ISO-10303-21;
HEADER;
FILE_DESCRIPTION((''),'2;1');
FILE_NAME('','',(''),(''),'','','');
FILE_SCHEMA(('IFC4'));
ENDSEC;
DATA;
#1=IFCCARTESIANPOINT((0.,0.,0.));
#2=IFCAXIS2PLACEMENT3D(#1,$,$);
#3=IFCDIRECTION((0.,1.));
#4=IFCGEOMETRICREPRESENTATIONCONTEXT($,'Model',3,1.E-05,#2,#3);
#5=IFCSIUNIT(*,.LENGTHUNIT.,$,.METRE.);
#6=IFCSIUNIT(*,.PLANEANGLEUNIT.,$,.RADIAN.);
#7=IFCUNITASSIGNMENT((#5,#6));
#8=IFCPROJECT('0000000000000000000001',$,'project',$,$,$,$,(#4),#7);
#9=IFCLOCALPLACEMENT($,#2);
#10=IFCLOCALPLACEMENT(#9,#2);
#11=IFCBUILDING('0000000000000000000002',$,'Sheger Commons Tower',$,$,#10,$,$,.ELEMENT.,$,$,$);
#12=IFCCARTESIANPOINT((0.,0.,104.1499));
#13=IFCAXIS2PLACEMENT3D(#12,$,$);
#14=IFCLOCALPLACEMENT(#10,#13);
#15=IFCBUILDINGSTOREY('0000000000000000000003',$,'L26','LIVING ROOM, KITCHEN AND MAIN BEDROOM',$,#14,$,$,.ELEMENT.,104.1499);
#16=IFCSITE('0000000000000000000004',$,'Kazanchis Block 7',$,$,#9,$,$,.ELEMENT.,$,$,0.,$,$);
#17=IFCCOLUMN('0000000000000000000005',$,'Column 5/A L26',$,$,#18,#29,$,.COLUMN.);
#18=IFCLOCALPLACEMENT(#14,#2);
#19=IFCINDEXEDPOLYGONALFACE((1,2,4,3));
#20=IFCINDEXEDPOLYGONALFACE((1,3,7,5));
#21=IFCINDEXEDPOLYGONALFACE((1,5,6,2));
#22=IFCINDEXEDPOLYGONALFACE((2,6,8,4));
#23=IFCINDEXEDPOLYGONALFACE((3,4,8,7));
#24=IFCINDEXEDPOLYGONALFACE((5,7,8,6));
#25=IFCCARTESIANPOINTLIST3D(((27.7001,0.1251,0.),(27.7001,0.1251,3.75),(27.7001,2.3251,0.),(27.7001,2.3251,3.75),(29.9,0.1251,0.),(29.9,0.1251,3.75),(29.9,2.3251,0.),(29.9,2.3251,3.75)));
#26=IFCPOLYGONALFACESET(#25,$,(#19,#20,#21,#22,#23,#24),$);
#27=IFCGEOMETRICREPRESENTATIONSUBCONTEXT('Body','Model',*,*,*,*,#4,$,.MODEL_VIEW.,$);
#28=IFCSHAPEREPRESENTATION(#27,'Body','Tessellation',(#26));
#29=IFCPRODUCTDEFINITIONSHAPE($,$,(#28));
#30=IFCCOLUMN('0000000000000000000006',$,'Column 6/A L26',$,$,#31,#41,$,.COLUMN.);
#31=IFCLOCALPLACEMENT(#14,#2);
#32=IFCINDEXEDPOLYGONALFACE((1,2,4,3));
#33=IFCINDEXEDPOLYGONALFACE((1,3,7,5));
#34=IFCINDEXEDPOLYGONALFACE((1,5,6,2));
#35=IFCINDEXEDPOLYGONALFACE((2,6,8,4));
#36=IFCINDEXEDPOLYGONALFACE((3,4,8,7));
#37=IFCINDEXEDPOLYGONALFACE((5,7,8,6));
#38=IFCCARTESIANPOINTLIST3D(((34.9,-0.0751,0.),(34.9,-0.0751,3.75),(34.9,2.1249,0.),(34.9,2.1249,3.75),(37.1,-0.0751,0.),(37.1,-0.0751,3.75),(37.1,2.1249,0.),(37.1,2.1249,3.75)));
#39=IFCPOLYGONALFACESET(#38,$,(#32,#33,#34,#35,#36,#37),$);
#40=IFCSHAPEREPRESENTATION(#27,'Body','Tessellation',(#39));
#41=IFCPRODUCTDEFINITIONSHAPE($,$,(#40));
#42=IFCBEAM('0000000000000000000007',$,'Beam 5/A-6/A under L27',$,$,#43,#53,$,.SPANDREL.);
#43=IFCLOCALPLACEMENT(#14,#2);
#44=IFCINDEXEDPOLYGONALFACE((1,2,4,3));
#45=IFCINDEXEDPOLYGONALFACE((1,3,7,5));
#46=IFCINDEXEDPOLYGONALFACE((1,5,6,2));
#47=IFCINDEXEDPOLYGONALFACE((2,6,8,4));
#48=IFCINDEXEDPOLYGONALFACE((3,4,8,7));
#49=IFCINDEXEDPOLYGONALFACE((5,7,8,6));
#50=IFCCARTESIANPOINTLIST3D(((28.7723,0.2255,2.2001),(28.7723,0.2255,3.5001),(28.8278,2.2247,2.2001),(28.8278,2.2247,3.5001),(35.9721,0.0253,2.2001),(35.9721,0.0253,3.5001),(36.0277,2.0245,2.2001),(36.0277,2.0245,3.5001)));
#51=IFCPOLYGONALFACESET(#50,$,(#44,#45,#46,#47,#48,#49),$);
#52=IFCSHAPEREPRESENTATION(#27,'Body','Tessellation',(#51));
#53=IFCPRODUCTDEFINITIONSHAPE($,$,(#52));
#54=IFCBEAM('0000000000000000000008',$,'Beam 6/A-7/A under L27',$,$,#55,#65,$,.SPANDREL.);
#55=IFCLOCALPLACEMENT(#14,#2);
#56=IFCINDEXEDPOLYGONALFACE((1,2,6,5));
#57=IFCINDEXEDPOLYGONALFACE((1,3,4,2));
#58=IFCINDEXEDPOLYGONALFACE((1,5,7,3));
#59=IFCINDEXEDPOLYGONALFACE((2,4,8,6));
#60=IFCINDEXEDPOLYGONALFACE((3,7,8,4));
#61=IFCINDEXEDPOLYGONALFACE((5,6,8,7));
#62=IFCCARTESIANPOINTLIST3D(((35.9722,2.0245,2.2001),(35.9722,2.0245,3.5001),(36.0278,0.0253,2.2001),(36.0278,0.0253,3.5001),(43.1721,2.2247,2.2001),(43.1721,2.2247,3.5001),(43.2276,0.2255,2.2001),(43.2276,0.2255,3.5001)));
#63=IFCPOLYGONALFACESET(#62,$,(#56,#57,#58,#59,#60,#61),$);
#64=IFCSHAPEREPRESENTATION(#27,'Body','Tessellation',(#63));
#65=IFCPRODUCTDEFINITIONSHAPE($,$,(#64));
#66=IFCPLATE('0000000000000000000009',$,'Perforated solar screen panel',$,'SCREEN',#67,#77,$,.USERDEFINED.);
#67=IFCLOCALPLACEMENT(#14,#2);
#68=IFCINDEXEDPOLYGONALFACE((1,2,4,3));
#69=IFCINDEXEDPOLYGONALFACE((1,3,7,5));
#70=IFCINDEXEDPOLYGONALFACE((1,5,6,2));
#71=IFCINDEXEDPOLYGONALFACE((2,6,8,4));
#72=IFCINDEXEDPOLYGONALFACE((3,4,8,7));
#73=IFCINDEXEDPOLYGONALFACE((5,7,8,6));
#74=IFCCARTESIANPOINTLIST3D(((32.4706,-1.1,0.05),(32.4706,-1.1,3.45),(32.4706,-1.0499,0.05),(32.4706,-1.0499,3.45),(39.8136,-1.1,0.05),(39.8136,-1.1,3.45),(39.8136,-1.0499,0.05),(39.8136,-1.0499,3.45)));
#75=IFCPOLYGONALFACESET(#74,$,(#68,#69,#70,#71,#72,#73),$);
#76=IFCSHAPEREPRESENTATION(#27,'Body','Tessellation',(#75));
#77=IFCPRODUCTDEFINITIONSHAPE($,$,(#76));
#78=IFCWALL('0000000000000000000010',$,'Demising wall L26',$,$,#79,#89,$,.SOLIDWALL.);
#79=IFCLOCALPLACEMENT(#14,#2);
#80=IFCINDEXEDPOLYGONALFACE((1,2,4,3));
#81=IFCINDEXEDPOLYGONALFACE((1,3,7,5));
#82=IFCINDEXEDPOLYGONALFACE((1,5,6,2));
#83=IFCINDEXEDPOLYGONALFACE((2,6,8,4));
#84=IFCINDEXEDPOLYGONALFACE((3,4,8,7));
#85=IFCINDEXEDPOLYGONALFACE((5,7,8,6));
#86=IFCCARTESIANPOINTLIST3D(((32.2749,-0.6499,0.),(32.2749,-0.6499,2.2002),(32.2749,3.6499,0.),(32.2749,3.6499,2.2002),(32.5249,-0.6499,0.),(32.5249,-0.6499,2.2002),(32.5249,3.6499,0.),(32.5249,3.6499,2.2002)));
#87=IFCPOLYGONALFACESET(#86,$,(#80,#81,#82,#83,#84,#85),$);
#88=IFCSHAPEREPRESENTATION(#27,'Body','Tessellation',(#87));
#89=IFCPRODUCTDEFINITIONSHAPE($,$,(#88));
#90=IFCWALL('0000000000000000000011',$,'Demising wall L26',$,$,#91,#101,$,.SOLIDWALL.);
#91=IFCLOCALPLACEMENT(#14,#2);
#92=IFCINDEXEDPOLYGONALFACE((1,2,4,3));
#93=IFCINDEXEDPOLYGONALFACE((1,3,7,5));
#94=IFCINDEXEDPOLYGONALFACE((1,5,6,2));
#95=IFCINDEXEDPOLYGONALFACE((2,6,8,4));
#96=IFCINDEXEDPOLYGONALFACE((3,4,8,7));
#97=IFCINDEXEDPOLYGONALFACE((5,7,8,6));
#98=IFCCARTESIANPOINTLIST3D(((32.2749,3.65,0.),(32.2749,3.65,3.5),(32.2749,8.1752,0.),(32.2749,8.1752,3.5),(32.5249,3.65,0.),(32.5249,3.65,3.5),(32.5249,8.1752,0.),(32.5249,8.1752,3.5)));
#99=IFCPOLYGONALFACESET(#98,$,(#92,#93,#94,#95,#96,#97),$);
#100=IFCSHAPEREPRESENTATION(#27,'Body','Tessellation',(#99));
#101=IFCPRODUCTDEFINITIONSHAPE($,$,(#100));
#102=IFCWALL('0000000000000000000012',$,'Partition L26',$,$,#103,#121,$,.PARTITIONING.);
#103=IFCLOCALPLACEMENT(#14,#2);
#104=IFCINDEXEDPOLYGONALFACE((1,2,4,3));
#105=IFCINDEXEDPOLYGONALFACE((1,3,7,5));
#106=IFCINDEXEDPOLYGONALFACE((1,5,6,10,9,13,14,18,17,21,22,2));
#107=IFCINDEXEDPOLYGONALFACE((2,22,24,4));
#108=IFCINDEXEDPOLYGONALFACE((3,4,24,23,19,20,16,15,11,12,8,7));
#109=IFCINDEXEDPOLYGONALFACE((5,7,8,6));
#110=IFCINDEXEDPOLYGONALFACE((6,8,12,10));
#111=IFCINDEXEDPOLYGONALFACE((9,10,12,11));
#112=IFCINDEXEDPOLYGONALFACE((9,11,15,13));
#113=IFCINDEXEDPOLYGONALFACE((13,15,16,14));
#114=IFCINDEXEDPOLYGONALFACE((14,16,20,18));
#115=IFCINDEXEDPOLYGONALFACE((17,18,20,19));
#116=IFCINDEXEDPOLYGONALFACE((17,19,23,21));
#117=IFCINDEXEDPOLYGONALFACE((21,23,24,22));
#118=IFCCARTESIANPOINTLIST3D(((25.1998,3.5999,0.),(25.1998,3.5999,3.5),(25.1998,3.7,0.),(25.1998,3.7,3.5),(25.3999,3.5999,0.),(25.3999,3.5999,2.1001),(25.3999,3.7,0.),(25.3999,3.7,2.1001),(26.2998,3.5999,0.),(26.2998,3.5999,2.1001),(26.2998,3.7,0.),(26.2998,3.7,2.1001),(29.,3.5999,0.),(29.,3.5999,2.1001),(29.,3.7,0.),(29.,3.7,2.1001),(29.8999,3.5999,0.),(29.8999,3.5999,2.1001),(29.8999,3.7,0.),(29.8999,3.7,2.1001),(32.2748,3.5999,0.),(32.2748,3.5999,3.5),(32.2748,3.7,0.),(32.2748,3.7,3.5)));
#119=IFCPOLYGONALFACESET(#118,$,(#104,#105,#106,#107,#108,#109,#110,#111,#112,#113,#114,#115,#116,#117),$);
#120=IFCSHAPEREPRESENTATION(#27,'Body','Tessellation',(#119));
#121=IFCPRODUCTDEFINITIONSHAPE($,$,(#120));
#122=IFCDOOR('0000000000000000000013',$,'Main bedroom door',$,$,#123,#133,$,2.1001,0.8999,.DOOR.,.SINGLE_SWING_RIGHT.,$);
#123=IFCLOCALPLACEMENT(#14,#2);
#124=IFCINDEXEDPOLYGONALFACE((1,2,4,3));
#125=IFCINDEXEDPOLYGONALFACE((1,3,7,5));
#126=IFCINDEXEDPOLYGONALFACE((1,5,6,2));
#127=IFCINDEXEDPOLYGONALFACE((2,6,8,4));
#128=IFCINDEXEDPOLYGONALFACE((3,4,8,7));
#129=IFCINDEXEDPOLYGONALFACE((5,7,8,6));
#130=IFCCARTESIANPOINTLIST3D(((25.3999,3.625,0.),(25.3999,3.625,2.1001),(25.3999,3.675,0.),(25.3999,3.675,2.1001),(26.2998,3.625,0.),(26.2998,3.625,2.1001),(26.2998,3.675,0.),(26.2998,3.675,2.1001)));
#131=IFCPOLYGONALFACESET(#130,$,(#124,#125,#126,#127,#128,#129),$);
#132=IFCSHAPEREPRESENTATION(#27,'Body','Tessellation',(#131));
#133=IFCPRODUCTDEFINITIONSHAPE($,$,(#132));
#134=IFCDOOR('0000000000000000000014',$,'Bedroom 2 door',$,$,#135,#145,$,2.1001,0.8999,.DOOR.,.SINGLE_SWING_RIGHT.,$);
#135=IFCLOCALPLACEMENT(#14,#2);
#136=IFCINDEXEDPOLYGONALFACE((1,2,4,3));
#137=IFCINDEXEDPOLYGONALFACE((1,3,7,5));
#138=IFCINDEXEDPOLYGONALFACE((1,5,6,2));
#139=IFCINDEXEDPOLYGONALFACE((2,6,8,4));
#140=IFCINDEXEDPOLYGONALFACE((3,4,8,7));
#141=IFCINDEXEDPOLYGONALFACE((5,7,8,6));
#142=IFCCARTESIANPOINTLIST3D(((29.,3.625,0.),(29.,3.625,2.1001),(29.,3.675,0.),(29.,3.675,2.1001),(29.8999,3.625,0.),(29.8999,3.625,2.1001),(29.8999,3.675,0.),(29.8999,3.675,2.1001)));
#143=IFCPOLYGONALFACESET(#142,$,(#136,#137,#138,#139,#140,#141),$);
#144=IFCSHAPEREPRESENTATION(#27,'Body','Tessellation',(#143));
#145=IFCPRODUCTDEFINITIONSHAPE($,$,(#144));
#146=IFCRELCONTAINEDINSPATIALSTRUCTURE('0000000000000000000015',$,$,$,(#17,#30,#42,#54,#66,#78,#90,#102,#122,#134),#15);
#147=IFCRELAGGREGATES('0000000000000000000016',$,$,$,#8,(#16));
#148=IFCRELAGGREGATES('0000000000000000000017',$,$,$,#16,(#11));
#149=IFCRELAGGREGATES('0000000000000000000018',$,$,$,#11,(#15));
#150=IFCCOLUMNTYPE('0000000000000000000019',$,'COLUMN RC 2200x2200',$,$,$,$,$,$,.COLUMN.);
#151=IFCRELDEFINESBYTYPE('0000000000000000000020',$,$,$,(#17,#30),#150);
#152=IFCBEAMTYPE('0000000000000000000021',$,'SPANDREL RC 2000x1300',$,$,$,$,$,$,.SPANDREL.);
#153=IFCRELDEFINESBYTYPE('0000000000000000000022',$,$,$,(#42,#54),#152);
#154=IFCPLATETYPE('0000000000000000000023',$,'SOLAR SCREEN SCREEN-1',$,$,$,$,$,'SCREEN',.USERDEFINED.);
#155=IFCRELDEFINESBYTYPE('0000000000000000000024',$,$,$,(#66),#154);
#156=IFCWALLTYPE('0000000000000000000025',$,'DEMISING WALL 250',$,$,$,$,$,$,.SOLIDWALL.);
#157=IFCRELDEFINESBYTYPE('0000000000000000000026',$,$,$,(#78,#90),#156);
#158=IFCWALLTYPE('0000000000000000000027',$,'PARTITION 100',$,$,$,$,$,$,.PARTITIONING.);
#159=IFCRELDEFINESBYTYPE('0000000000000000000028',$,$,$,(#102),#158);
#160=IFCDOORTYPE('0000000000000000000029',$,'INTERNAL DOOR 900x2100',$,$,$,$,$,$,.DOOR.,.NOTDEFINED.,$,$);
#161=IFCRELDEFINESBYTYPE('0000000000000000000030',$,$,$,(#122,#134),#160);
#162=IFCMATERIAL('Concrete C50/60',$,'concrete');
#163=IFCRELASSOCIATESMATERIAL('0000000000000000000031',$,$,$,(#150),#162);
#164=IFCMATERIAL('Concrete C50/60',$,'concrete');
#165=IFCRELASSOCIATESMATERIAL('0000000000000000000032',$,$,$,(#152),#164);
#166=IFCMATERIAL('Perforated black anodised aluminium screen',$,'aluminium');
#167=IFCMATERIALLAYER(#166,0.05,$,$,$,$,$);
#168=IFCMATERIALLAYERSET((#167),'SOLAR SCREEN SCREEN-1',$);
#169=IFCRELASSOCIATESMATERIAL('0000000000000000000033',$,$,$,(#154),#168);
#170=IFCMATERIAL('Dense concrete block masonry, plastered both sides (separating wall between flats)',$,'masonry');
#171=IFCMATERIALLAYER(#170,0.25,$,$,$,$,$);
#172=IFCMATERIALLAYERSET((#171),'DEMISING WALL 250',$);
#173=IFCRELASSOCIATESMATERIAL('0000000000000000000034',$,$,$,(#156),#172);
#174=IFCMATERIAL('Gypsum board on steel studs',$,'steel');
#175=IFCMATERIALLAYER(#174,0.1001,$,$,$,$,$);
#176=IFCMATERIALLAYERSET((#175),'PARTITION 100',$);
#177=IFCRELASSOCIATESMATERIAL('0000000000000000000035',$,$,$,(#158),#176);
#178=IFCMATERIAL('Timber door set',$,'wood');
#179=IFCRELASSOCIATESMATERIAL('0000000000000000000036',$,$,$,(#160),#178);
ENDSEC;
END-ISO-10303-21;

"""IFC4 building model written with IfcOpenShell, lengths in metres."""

from ifc_helpers import new_model, si_unit, direction, frame, frame_2d, origin, origin_2d, place, context, subcontext, project, spatial, rectangle, extrude, material, layer, layer_set, material_profile, profile_set, type_object, element, fill, save


model = new_model("IFC4")

# Units and contexts
model_context = context("Model", 3, precision=1e-05, world=origin(), true_north=direction((0.0, 1.0)))
body_context = subcontext(model_context, "Body", "Model", "MODEL_VIEW")
ifc_project = project(units=[si_unit("LENGTHUNIT", "METRE"), si_unit("PLANEANGLEUNIT", "RADIAN")], contexts=[model_context])

# Site, building, storey
site_placement = place(None, origin())
site = spatial("IfcSite", under=ifc_project, at=site_placement, Name="Kazanchis Block 7", CompositionType="ELEMENT", RefElevation=0.0)
building_placement = place(site_placement, origin())
building = spatial("IfcBuilding", under=site, at=building_placement, Name="Sheger Commons Tower", CompositionType="ELEMENT")
storey_placement = place(building_placement, frame((0.0, 0.0, 104.1499)))
storey = spatial("IfcBuildingStorey", under=building, at=storey_placement, Name="L26", Description="LIVING ROOM, KITCHEN AND MAIN BEDROOM", CompositionType="ELEMENT", Elevation=104.1499)

# Columns
ifc_material_1 = material(Name="Concrete C50/60", Category="concrete")
ifc_material_profile_1 = material_profile(ifc_material_1, rectangle(XDim=2.2, YDim=2.2, at=origin_2d()), Name="RC 2200x2200")
ifc_profile_set_1 = profile_set([ifc_material_profile_1], Name="Concrete C50/60")
column_type = type_object("IfcColumnType", Name="COLUMN RC 2200x2200", PredefinedType="COLUMN", material=ifc_profile_set_1)
for number, where, z_axis, x_axis, name in (
    (1, (28.8, 1.2251, 0.0), (0.0, 0.0, 1.0), (1.0, 0.0, 0.0), "Column 5/A L26"),
    (2, (36.0, 1.0249, 0.0), (0.0, 0.0, 1.0), (1.0, 0.0, 0.0), "Column 6/A L26"),
):
    element("IfcColumn", number, at=place(storey_placement, frame(where, z_axis=z_axis, x_axis=x_axis)), inside=storey, type_object=column_type, Name=name, PredefinedType="COLUMN", context=body_context, shape_type="SweptSolid", body=[
        extrude(rectangle(XDim=2.2, YDim=2.2, at=origin_2d()), origin(), (0.0, 0.0, 1.0), 3.75),
    ])

# Beams
ifc_material_2 = material(Name="Concrete C50/60", Category="concrete")
ifc_material_profile_2 = material_profile(ifc_material_2, rectangle(XDim=2.0, YDim=1.3, at=origin_2d()), Name="RC 2000x1300")
ifc_profile_set_2 = profile_set([ifc_material_profile_2], Name="Concrete C50/60")
beam_type = type_object("IfcBeamType", Name="SPANDREL RC 2000x1300", PredefinedType="SPANDREL", material=ifc_profile_set_2)
for number, where, z_axis, x_axis, name in (
    (3, (28.8, 1.2251, 2.8501), (0.999614, -0.027794, 0.0), (0.027794, 0.999614, 0.0), "Beam 5/A-6/A under L27"),
    (4, (36.0, 1.0249, 2.8501), (0.999614, 0.027794, 0.0), (-0.027794, 0.999614, 0.0), "Beam 6/A-7/A under L27"),
):
    element("IfcBeam", number, at=place(storey_placement, frame(where, z_axis=z_axis, x_axis=x_axis)), inside=storey, type_object=beam_type, Name=name, PredefinedType="SPANDREL", context=body_context, shape_type="SweptSolid", body=[
        extrude(rectangle(XDim=2.0, YDim=1.3, at=origin_2d()), origin(), (0.0, 0.0, 1.0), 7.2026),
    ])

# Plate
ifc_material_3 = material(Name="Perforated black anodised aluminium screen", Category="aluminium")
ifc_layer_1 = layer(ifc_material_3, 0.05)
ifc_layer_set_1 = layer_set([ifc_layer_1], Name="SOLAR SCREEN SCREEN-1")
plate_type = type_object("IfcPlateType", Name="SOLAR SCREEN SCREEN-1", ElementType="SCREEN", PredefinedType="USERDEFINED", material=ifc_layer_set_1)
plate_placement = place(storey_placement, frame((36.1421, -1.075, 0.05), z_axis=(0.0, 0.0, 1.0), x_axis=(1.0, 0.0, 0.0)))
element("IfcPlate", 5, at=plate_placement, inside=storey, type_object=plate_type, Name="Perforated solar screen panel", ObjectType="SCREEN", PredefinedType="USERDEFINED", context=body_context, shape_type="SweptSolid", body=[
    extrude(rectangle(XDim=7.343, YDim=0.05, at=origin_2d()), origin(), (0.0, 0.0, 1.0), 3.3999),
])

# Walls
ifc_material_4 = material(Name="Dense concrete block masonry, plastered both sides (separating wall between flats)", Category="masonry")
ifc_layer_2 = layer(ifc_material_4, 0.25)
ifc_layer_set_2 = layer_set([ifc_layer_2], Name="DEMISING WALL 250")
wall_type_1 = type_object("IfcWallType", Name="DEMISING WALL 250", PredefinedType="SOLIDWALL", material=ifc_layer_set_2)
wall_1_placement = place(storey_placement, frame((32.3999, -0.6499, 0.0), z_axis=(0.0, 0.0, 1.0), x_axis=(0.0, 1.0, 0.0)))
element("IfcWall", 6, at=wall_1_placement, inside=storey, type_object=wall_type_1, Name="Demising wall L26", PredefinedType="SOLIDWALL", context=body_context, shape_type="SweptSolid", body=[
    extrude(rectangle(XDim=4.2998, YDim=0.25, at=frame_2d((2.1499, 0.0))), origin(), (0.0, 0.0, 1.0), 2.2002),
])
wall_2_placement = place(storey_placement, frame((32.3999, 3.6499, 0.0), z_axis=(0.0, 0.0, 1.0), x_axis=(0.0, 1.0, 0.0)))
element("IfcWall", 7, at=wall_2_placement, inside=storey, type_object=wall_type_1, Name="Demising wall L26", PredefinedType="SOLIDWALL", context=body_context, shape_type="SweptSolid", body=[
    extrude(rectangle(XDim=4.5251, YDim=0.25, at=frame_2d((2.2627, 0.0))), origin(), (0.0, 0.0, 1.0), 3.5),
])

# Wall, openings, doors
ifc_material_5 = material(Name="Gypsum board on steel studs", Category="steel")
ifc_layer_3 = layer(ifc_material_5, 0.1001)
ifc_layer_set_3 = layer_set([ifc_layer_3], Name="PARTITION 100")
wall_type_2 = type_object("IfcWallType", Name="PARTITION 100", PredefinedType="PARTITIONING", material=ifc_layer_set_3)
wall_3_placement = place(storey_placement, frame((32.2749, 3.6499, 0.0), z_axis=(0.0, 0.0, 1.0), x_axis=(-1.0, 0.0, 0.0)))
wall_3 = element("IfcWall", 8, at=wall_3_placement, inside=storey, type_object=wall_type_2, Name="Partition L26", PredefinedType="PARTITIONING", context=body_context, shape_type="SweptSolid", body=[
    extrude(rectangle(XDim=7.075, YDim=0.1001, at=frame_2d((3.5376, 0.0))), origin(), (0.0, 0.0, 1.0), 3.5),
])
opening_1_placement = place(wall_3_placement, frame((5.9751, 0.0, 0.0)))
opening_1 = element("IfcOpeningElement", 9, at=opening_1_placement, cuts=wall_3, PredefinedType="OPENING", context=body_context, shape_type="SweptSolid", body=[
    extrude(rectangle(XDim=0.8999, YDim=2.1001, at=frame_2d((0.45, 1.05))), frame((0.0, 0.0601, 0.0), z_axis=(0.0, -1.0, 0.0), x_axis=(1.0, 0.0, 0.0)), (0.0, 0.0, 1.0), 0.1201),
])
opening_2_placement = place(wall_3_placement, frame((2.375, 0.0, 0.0)))
opening_2 = element("IfcOpeningElement", 10, at=opening_2_placement, cuts=wall_3, PredefinedType="OPENING", context=body_context, shape_type="SweptSolid", body=[
    extrude(rectangle(XDim=0.8999, YDim=2.1001, at=frame_2d((0.45, 1.05))), frame((0.0, 0.0601, 0.0), z_axis=(0.0, -1.0, 0.0), x_axis=(1.0, 0.0, 0.0)), (0.0, 0.0, 1.0), 0.1201),
])
ifc_material_6 = material(Name="Timber door set", Category="wood")
door_type = type_object("IfcDoorType", Name="INTERNAL DOOR 900x2100", OperationType="NOTDEFINED", PredefinedType="DOOR", material=ifc_material_6)
door_1_placement = place(opening_1_placement, origin())
door_1 = element("IfcDoor", 11, at=door_1_placement, inside=storey, type_object=door_type, Name="Main bedroom door", OperationType="SINGLE_SWING_RIGHT", OverallHeight=2.1001, OverallWidth=0.8999, PredefinedType="DOOR", context=body_context, shape_type="SweptSolid", body=[
    extrude(rectangle(XDim=0.8999, YDim=2.1001, at=frame_2d((0.45, 1.05))), frame((0.0, 0.0249, 0.0), z_axis=(0.0, -1.0, 0.0), x_axis=(1.0, 0.0, 0.0)), (0.0, 0.0, 1.0), 0.05),
])
fill(opening_1, door_1)
door_2_placement = place(opening_2_placement, origin())
door_2 = element("IfcDoor", 12, at=door_2_placement, inside=storey, type_object=door_type, Name="Bedroom 2 door", OperationType="SINGLE_SWING_RIGHT", OverallHeight=2.1001, OverallWidth=0.8999, PredefinedType="DOOR", context=body_context, shape_type="SweptSolid", body=[
    extrude(rectangle(XDim=0.8999, YDim=2.1001, at=frame_2d((0.45, 1.05))), frame((0.0, 0.0249, 0.0), z_axis=(0.0, -1.0, 0.0), x_axis=(1.0, 0.0, 0.0)), (0.0, 0.0, 1.0), 0.05),
])
fill(opening_2, door_2)

save(model, "model.ifc")
